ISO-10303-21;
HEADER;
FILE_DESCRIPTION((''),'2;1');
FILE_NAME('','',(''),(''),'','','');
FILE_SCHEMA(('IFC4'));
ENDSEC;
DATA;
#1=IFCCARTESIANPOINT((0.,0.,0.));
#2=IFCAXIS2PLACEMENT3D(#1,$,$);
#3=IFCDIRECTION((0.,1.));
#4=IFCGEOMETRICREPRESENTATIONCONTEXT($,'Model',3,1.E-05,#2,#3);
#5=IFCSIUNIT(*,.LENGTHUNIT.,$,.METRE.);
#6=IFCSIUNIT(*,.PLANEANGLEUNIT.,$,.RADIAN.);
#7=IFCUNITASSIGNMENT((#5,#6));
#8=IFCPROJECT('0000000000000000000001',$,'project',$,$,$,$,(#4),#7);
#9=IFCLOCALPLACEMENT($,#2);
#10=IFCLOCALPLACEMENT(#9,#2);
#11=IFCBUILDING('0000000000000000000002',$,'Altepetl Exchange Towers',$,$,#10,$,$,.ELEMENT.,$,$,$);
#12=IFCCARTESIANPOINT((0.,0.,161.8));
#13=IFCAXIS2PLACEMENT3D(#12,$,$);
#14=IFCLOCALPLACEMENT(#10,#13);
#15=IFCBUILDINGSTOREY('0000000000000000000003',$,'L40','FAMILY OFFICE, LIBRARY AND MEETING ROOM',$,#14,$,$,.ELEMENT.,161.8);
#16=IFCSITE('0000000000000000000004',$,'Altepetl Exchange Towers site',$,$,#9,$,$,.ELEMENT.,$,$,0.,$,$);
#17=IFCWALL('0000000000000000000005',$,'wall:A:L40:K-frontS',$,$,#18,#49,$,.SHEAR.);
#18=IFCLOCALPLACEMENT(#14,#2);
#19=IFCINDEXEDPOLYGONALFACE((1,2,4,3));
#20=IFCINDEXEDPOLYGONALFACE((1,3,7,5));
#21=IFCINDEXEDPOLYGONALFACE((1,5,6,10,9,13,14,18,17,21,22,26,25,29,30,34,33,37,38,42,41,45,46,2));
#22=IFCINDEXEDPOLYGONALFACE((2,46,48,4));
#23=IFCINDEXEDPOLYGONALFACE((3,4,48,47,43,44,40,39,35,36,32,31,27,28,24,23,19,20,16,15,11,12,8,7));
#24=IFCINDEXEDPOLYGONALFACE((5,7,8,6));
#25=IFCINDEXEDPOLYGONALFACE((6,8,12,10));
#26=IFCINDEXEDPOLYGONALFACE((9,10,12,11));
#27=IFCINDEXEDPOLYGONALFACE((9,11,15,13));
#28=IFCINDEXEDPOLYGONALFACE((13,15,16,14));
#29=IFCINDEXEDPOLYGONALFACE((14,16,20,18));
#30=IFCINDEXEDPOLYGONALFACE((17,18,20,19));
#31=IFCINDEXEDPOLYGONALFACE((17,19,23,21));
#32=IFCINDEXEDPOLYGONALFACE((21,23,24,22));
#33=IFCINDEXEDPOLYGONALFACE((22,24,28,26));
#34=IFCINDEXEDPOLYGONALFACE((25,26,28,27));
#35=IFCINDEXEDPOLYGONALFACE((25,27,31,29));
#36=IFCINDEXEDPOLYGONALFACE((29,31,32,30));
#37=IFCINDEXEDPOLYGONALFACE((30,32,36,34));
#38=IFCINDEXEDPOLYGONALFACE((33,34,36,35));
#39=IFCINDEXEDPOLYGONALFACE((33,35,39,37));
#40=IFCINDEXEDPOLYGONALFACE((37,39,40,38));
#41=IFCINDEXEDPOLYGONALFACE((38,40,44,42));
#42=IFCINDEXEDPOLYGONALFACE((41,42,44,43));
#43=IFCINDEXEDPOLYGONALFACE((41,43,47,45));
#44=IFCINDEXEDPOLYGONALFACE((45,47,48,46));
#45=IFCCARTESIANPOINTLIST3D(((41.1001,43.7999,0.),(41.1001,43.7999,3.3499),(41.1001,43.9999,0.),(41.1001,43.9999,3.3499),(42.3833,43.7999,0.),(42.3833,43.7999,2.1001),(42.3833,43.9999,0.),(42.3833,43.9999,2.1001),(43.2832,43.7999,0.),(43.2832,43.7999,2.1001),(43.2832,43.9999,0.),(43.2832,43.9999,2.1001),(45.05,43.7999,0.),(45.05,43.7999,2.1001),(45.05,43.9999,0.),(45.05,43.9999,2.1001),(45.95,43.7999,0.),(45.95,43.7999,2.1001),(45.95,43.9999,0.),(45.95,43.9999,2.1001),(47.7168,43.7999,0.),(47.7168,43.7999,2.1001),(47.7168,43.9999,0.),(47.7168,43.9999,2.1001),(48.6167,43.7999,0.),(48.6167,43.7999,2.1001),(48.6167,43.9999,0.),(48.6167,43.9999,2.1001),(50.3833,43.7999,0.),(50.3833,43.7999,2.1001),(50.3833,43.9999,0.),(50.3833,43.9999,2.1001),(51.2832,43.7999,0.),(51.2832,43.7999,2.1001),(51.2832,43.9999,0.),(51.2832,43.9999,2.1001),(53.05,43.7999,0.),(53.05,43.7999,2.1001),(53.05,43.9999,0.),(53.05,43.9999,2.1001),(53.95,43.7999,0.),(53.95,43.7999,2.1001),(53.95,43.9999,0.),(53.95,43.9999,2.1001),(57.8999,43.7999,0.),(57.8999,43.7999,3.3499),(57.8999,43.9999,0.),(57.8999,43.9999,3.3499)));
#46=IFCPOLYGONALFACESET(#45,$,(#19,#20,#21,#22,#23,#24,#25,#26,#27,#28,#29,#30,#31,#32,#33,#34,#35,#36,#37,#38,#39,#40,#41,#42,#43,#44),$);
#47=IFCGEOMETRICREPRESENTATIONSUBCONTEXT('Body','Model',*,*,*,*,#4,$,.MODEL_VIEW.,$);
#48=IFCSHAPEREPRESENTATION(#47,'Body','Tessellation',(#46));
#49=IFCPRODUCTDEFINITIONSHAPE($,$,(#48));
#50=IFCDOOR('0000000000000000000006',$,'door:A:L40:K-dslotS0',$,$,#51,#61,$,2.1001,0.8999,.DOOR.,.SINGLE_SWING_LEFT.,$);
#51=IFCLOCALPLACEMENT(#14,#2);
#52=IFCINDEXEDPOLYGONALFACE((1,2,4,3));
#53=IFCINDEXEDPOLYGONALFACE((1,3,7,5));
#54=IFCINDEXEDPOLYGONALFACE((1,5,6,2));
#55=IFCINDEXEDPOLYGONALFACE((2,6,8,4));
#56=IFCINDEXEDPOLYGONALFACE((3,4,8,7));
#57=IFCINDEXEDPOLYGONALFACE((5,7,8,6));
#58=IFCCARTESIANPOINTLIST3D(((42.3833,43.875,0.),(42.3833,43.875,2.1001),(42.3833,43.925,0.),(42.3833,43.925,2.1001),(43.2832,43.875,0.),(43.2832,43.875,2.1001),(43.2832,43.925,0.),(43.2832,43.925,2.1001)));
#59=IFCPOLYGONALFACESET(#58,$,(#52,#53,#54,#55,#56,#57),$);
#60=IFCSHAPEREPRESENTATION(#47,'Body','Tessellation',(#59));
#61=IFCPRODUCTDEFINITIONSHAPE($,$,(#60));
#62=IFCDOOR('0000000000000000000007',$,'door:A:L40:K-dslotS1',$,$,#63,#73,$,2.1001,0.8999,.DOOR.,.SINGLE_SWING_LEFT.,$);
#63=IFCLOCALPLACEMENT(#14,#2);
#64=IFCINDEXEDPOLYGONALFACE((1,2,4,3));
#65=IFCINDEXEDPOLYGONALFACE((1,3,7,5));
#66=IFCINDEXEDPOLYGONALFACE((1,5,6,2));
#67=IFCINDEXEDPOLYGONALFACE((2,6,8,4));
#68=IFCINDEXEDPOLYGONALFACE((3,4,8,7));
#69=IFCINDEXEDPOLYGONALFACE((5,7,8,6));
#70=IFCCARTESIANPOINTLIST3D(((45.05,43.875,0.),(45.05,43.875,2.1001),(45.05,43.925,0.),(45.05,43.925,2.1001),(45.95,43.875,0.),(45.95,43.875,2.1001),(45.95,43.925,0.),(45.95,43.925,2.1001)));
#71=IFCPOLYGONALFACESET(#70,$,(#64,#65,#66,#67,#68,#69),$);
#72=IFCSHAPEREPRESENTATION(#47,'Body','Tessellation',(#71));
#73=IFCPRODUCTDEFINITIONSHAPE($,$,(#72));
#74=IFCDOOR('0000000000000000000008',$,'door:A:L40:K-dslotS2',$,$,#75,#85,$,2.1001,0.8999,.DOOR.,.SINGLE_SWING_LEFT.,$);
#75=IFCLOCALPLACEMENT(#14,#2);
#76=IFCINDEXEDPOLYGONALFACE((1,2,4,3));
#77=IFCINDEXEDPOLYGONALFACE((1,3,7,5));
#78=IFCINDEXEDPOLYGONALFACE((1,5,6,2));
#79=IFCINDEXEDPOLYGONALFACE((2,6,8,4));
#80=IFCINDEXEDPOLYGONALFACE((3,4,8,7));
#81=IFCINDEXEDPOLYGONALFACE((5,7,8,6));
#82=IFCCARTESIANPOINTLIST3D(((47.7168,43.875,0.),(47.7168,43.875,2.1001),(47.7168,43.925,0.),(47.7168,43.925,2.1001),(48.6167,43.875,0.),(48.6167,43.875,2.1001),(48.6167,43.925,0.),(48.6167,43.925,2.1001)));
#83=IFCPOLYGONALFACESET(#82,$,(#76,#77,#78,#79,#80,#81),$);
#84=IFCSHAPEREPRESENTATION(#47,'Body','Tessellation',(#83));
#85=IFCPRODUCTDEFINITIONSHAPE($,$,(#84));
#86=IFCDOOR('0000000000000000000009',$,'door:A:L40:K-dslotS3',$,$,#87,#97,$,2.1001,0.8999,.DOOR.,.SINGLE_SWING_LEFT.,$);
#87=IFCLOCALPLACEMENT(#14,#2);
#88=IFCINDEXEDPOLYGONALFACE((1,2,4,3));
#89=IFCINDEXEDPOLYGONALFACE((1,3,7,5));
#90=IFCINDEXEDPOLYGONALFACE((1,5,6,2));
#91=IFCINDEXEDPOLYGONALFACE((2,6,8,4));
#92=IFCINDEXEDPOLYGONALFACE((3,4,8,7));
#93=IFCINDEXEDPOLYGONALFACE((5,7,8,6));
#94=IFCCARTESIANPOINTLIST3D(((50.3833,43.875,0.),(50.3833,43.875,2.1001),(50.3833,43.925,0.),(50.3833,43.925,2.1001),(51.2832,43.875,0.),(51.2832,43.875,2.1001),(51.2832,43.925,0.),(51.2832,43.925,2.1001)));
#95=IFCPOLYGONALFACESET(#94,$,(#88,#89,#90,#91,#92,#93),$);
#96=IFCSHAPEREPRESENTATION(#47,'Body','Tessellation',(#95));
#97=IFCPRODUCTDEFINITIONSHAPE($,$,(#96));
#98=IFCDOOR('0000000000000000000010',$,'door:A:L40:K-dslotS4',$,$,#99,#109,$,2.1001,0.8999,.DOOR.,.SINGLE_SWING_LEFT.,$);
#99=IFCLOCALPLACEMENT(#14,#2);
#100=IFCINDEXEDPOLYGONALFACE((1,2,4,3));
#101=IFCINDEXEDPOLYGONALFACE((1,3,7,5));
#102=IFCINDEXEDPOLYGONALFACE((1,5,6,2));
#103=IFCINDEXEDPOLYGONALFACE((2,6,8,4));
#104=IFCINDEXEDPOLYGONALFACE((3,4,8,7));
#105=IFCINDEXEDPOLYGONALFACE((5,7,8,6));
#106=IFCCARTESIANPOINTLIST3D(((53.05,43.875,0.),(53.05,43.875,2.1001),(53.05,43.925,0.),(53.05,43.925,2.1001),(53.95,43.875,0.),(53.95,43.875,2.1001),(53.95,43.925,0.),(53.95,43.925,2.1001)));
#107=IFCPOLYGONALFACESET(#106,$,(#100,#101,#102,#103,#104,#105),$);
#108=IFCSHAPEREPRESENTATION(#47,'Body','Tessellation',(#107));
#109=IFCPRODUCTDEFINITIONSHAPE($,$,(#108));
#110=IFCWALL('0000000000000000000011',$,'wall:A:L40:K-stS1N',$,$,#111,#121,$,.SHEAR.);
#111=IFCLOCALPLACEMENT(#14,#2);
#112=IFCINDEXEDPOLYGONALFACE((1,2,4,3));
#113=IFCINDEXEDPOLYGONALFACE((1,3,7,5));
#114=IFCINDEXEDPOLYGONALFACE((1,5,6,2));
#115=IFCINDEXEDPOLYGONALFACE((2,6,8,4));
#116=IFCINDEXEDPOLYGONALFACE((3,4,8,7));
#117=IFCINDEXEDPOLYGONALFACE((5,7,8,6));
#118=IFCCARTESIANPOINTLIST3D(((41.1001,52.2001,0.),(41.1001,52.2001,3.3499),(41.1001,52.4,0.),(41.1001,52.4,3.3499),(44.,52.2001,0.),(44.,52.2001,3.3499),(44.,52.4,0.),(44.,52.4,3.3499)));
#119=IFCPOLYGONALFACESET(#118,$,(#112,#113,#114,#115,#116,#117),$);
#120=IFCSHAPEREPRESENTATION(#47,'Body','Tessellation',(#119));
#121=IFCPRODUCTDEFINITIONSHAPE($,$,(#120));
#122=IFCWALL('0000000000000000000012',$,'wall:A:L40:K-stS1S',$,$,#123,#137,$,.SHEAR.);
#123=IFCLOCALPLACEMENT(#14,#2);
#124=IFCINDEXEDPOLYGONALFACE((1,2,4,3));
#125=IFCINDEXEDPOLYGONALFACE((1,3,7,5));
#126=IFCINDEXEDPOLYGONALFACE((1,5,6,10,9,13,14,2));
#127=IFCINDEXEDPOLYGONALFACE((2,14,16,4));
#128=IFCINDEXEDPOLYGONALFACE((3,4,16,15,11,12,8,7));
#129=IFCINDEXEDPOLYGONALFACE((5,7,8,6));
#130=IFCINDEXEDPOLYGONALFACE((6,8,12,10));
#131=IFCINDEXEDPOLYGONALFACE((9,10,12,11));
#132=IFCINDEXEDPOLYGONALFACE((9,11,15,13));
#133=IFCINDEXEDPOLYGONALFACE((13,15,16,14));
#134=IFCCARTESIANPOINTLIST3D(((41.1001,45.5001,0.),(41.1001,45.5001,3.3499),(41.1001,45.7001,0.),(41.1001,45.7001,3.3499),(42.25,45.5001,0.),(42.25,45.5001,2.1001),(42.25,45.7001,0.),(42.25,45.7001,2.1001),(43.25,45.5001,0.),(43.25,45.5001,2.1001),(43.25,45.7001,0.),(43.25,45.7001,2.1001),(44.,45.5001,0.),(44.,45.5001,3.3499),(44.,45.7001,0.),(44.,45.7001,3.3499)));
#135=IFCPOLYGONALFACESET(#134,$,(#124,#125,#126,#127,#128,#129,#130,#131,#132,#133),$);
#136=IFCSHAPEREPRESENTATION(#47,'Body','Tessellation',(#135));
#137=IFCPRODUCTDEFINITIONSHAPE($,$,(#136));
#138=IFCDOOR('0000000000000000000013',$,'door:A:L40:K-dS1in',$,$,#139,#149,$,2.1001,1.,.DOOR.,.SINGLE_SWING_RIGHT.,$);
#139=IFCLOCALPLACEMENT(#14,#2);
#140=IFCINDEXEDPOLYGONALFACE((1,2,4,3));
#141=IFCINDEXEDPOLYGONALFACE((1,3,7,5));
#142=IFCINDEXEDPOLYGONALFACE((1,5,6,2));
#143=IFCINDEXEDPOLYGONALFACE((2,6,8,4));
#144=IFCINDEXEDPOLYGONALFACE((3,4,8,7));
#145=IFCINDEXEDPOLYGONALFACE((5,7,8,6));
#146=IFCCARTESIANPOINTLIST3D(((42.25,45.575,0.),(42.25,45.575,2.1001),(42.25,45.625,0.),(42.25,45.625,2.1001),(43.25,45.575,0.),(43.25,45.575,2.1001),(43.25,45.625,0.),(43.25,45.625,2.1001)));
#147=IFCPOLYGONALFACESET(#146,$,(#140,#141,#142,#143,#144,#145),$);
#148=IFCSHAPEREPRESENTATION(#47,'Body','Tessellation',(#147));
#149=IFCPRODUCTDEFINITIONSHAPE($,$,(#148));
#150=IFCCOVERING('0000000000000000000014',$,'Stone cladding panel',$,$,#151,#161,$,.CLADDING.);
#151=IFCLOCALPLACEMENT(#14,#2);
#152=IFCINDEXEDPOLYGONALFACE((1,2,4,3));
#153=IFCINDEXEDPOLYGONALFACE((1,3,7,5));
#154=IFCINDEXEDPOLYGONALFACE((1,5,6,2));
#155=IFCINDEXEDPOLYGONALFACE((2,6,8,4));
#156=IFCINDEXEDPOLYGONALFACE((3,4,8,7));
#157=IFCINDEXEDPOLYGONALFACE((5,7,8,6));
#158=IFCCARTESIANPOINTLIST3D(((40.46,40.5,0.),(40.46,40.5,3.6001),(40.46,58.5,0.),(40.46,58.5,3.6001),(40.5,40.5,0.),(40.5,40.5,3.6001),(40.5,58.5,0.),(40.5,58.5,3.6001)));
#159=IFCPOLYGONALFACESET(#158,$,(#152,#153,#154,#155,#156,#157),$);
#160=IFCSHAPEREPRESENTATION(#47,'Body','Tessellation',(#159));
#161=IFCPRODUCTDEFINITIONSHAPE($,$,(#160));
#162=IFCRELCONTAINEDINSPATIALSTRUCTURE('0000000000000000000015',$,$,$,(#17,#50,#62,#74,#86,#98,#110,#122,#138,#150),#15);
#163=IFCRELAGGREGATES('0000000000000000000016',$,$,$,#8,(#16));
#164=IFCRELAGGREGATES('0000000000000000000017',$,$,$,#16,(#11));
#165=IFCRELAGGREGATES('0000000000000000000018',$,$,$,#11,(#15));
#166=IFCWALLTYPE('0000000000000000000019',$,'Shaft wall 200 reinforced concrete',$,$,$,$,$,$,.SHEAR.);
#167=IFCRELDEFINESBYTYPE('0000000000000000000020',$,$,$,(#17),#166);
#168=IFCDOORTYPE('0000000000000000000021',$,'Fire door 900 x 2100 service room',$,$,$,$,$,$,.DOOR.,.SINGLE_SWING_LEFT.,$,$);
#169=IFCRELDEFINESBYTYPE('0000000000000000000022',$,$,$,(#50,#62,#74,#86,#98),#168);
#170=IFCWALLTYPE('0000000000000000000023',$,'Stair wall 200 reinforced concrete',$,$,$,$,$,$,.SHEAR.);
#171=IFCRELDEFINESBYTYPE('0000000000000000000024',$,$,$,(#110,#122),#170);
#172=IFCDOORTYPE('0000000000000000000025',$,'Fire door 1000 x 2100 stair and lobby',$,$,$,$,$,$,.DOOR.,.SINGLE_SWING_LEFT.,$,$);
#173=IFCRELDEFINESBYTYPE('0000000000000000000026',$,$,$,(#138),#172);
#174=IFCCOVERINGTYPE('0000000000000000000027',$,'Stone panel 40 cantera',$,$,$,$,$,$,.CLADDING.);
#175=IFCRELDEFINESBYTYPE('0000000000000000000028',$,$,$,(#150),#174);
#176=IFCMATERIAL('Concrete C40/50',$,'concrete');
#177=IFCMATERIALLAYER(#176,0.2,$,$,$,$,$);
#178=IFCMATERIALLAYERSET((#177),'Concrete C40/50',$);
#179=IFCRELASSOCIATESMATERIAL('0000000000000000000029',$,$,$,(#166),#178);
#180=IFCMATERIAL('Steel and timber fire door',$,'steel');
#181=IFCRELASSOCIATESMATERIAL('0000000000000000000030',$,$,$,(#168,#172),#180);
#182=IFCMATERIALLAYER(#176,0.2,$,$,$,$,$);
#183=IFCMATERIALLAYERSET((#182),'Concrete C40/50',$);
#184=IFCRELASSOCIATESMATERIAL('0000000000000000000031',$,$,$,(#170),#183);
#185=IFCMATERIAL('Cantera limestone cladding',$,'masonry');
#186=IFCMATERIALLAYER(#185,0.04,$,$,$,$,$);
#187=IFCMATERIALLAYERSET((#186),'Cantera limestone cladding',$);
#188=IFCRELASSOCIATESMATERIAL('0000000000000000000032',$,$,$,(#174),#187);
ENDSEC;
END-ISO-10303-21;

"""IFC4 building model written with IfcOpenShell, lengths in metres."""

from ifc_helpers import new_model, si_unit, direction, frame, frame_2d, origin, origin_2d, place, context, subcontext, project, spatial, rectangle, extrude, material, layer, layer_set, type_object, element, fill, save


model = new_model("IFC4")

# Units and contexts
model_context = context("Model", 3, precision=1e-05, world=origin(), true_north=direction((0.0, 1.0)))
body_context = subcontext(model_context, "Body", "Model", "MODEL_VIEW")
ifc_project = project(units=[si_unit("LENGTHUNIT", "METRE"), si_unit("PLANEANGLEUNIT", "RADIAN")], contexts=[model_context])

# Site, building, storey
site_placement = place(None, origin())
site = spatial("IfcSite", under=ifc_project, at=site_placement, Name="Altepetl Exchange Towers site", CompositionType="ELEMENT", RefElevation=0.0)
building_placement = place(site_placement, origin())
building = spatial("IfcBuilding", under=site, at=building_placement, Name="Altepetl Exchange Towers", CompositionType="ELEMENT")
storey_placement = place(building_placement, frame((0.0, 0.0, 161.8)))
storey = spatial("IfcBuildingStorey", under=building, at=storey_placement, Name="L40", Description="FAMILY OFFICE, LIBRARY AND MEETING ROOM", CompositionType="ELEMENT", Elevation=161.8)

# Wall, openings, doors
ifc_material_1 = material(Name="Concrete C40/50", Category="concrete")
ifc_layer_1 = layer(ifc_material_1, 0.2)
ifc_layer_set_1 = layer_set([ifc_layer_1], Name="Concrete C40/50")
wall_type_1 = type_object("IfcWallType", Name="Shaft wall 200 reinforced concrete", PredefinedType="SHEAR", material=ifc_layer_set_1)
wall_1_placement = place(storey_placement, frame((41.1001, 43.8999, 0.0)))
wall_1 = element("IfcWall", 1, at=wall_1_placement, inside=storey, type_object=wall_type_1, Name="wall:A:L40:K-frontS", PredefinedType="SHEAR", context=body_context, shape_type="SweptSolid", body=[
    extrude(rectangle(XDim=16.7998, YDim=0.2, at=frame_2d((8.3999, 0.0))), origin(), (0.0, 0.0, 1.0), 3.3499),
])
opening_1_placement = place(wall_1_placement, frame((1.2832, 0.0, 0.0)))
opening_1 = element("IfcOpeningElement", 2, at=opening_1_placement, cuts=wall_1, PredefinedType="OPENING", context=body_context, shape_type="SweptSolid", body=[
    extrude(rectangle(XDim=0.8999, YDim=2.1001, at=frame_2d((0.45, 1.05))), frame((0.0, 0.1099, 0.0), z_axis=(0.0, -1.0, 0.0), x_axis=(1.0, 0.0, 0.0)), (0.0, 0.0, 1.0), 0.22),
])
opening_2_placement = place(wall_1_placement, frame((3.95, 0.0, 0.0)))
opening_2 = element("IfcOpeningElement", 3, at=opening_2_placement, cuts=wall_1, PredefinedType="OPENING", context=body_context, shape_type="SweptSolid", body=[
    extrude(rectangle(XDim=0.8999, YDim=2.1001, at=frame_2d((0.45, 1.05))), frame((0.0, 0.1099, 0.0), z_axis=(0.0, -1.0, 0.0), x_axis=(1.0, 0.0, 0.0)), (0.0, 0.0, 1.0), 0.22),
])
opening_3_placement = place(wall_1_placement, frame((6.6167, 0.0, 0.0)))
opening_3 = element("IfcOpeningElement", 4, at=opening_3_placement, cuts=wall_1, PredefinedType="OPENING", context=body_context, shape_type="SweptSolid", body=[
    extrude(rectangle(XDim=0.8999, YDim=2.1001, at=frame_2d((0.45, 1.05))), frame((0.0, 0.1099, 0.0), z_axis=(0.0, -1.0, 0.0), x_axis=(1.0, 0.0, 0.0)), (0.0, 0.0, 1.0), 0.22),
])
opening_4_placement = place(wall_1_placement, frame((9.2832, 0.0, 0.0)))
opening_4 = element("IfcOpeningElement", 5, at=opening_4_placement, cuts=wall_1, PredefinedType="OPENING", context=body_context, shape_type="SweptSolid", body=[
    extrude(rectangle(XDim=0.8999, YDim=2.1001, at=frame_2d((0.45, 1.05))), frame((0.0, 0.1099, 0.0), z_axis=(0.0, -1.0, 0.0), x_axis=(1.0, 0.0, 0.0)), (0.0, 0.0, 1.0), 0.22),
])
opening_5_placement = place(wall_1_placement, frame((11.95, 0.0, 0.0)))
opening_5 = element("IfcOpeningElement", 6, at=opening_5_placement, cuts=wall_1, PredefinedType="OPENING", context=body_context, shape_type="SweptSolid", body=[
    extrude(rectangle(XDim=0.8999, YDim=2.1001, at=frame_2d((0.45, 1.05))), frame((0.0, 0.1099, 0.0), z_axis=(0.0, -1.0, 0.0), x_axis=(1.0, 0.0, 0.0)), (0.0, 0.0, 1.0), 0.22),
])
ifc_material_2 = material(Name="Steel and timber fire door", Category="steel")
door_type_1 = type_object("IfcDoorType", Name="Fire door 900 x 2100 service room", OperationType="SINGLE_SWING_LEFT", PredefinedType="DOOR", material=ifc_material_2)
door_1_placement = place(opening_1_placement, frame((0.8999, 0.0, 0.0), x_axis=(-1.0, 0.0, 0.0)))
door_1 = element("IfcDoor", 7, at=door_1_placement, inside=storey, type_object=door_type_1, Name="door:A:L40:K-dslotS0", OperationType="SINGLE_SWING_LEFT", OverallHeight=2.1001, OverallWidth=0.8999, PredefinedType="DOOR", context=body_context, shape_type="SweptSolid", body=[
    extrude(rectangle(XDim=0.8999, YDim=2.1001, at=frame_2d((0.45, 1.05))), frame((0.0, 0.0249, 0.0), z_axis=(0.0, -1.0, 0.0), x_axis=(1.0, 0.0, 0.0)), (0.0, 0.0, 1.0), 0.05),
])
fill(opening_1, door_1)
door_2_placement = place(opening_2_placement, frame((0.8999, 0.0, 0.0), x_axis=(-1.0, 0.0, 0.0)))
door_2 = element("IfcDoor", 8, at=door_2_placement, inside=storey, type_object=door_type_1, Name="door:A:L40:K-dslotS1", OperationType="SINGLE_SWING_LEFT", OverallHeight=2.1001, OverallWidth=0.8999, PredefinedType="DOOR", context=body_context, shape_type="SweptSolid", body=[
    extrude(rectangle(XDim=0.8999, YDim=2.1001, at=frame_2d((0.45, 1.05))), frame((0.0, 0.0249, 0.0), z_axis=(0.0, -1.0, 0.0), x_axis=(1.0, 0.0, 0.0)), (0.0, 0.0, 1.0), 0.05),
])
fill(opening_2, door_2)
door_3_placement = place(opening_3_placement, frame((0.8999, 0.0, 0.0), x_axis=(-1.0, 0.0, 0.0)))
door_3 = element("IfcDoor", 9, at=door_3_placement, inside=storey, type_object=door_type_1, Name="door:A:L40:K-dslotS2", OperationType="SINGLE_SWING_LEFT", OverallHeight=2.1001, OverallWidth=0.8999, PredefinedType="DOOR", context=body_context, shape_type="SweptSolid", body=[
    extrude(rectangle(XDim=0.8999, YDim=2.1001, at=frame_2d((0.45, 1.05))), frame((0.0, 0.0249, 0.0), z_axis=(0.0, -1.0, 0.0), x_axis=(1.0, 0.0, 0.0)), (0.0, 0.0, 1.0), 0.05),
])
fill(opening_3, door_3)
door_4_placement = place(opening_4_placement, frame((0.8999, 0.0, 0.0), x_axis=(-1.0, 0.0, 0.0)))
door_4 = element("IfcDoor", 10, at=door_4_placement, inside=storey, type_object=door_type_1, Name="door:A:L40:K-dslotS3", OperationType="SINGLE_SWING_LEFT", OverallHeight=2.1001, OverallWidth=0.8999, PredefinedType="DOOR", context=body_context, shape_type="SweptSolid", body=[
    extrude(rectangle(XDim=0.8999, YDim=2.1001, at=frame_2d((0.45, 1.05))), frame((0.0, 0.0249, 0.0), z_axis=(0.0, -1.0, 0.0), x_axis=(1.0, 0.0, 0.0)), (0.0, 0.0, 1.0), 0.05),
])
fill(opening_4, door_4)
door_5_placement = place(opening_5_placement, frame((0.8999, 0.0, 0.0), x_axis=(-1.0, 0.0, 0.0)))
door_5 = element("IfcDoor", 11, at=door_5_placement, inside=storey, type_object=door_type_1, Name="door:A:L40:K-dslotS4", OperationType="SINGLE_SWING_LEFT", OverallHeight=2.1001, OverallWidth=0.8999, PredefinedType="DOOR", context=body_context, shape_type="SweptSolid", body=[
    extrude(rectangle(XDim=0.8999, YDim=2.1001, at=frame_2d((0.45, 1.05))), frame((0.0, 0.0249, 0.0), z_axis=(0.0, -1.0, 0.0), x_axis=(1.0, 0.0, 0.0)), (0.0, 0.0, 1.0), 0.05),
])
fill(opening_5, door_5)

# Wall
ifc_layer_2 = layer(ifc_material_1, 0.2)
ifc_layer_set_2 = layer_set([ifc_layer_2], Name="Concrete C40/50")
wall_type_2 = type_object("IfcWallType", Name="Stair wall 200 reinforced concrete", PredefinedType="SHEAR", material=ifc_layer_set_2)
wall_2_placement = place(storey_placement, frame((41.1001, 52.3, 0.0)))
element("IfcWall", 12, at=wall_2_placement, inside=storey, type_object=wall_type_2, Name="wall:A:L40:K-stS1N", PredefinedType="SHEAR", context=body_context, shape_type="SweptSolid", body=[
    extrude(rectangle(XDim=2.8999, YDim=0.2, at=frame_2d((1.45, 0.0))), origin(), (0.0, 0.0, 1.0), 3.3499),
])

# Wall, opening, door
wall_3_placement = place(storey_placement, frame((41.1001, 45.6001, 0.0)))
wall_3 = element("IfcWall", 13, at=wall_3_placement, inside=storey, type_object=wall_type_2, Name="wall:A:L40:K-stS1S", PredefinedType="SHEAR", context=body_context, shape_type="SweptSolid", body=[
    extrude(rectangle(XDim=2.8999, YDim=0.2, at=frame_2d((1.45, 0.0))), origin(), (0.0, 0.0, 1.0), 3.3499),
])
opening_6_placement = place(wall_3_placement, frame((1.1499, 0.0, 0.0)))
opening_6 = element("IfcOpeningElement", 14, at=opening_6_placement, cuts=wall_3, PredefinedType="OPENING", context=body_context, shape_type="SweptSolid", body=[
    extrude(rectangle(XDim=1.0, YDim=2.1001, at=frame_2d((0.5, 1.05))), frame((0.0, 0.1099, 0.0), z_axis=(0.0, -1.0, 0.0), x_axis=(1.0, 0.0, 0.0)), (0.0, 0.0, 1.0), 0.22),
])
door_type_2 = type_object("IfcDoorType", Name="Fire door 1000 x 2100 stair and lobby", OperationType="SINGLE_SWING_LEFT", PredefinedType="DOOR", material=ifc_material_2)
door_6_placement = place(opening_6_placement, origin())
door_6 = element("IfcDoor", 15, at=door_6_placement, inside=storey, type_object=door_type_2, Name="door:A:L40:K-dS1in", OperationType="SINGLE_SWING_RIGHT", OverallHeight=2.1001, OverallWidth=1.0, PredefinedType="DOOR", context=body_context, shape_type="SweptSolid", body=[
    extrude(rectangle(XDim=1.0, YDim=2.1001, at=frame_2d((0.5, 1.05))), frame((0.0, 0.0249, 0.0), z_axis=(0.0, -1.0, 0.0), x_axis=(1.0, 0.0, 0.0)), (0.0, 0.0, 1.0), 0.05),
])
fill(opening_6, door_6)

# Covering
ifc_material_3 = material(Name="Cantera limestone cladding", Category="masonry")
ifc_layer_3 = layer(ifc_material_3, 0.04)
ifc_layer_set_3 = layer_set([ifc_layer_3], Name="Cantera limestone cladding")
covering_type = type_object("IfcCoveringType", Name="Stone panel 40 cantera", PredefinedType="CLADDING", material=ifc_layer_set_3)
covering_placement = place(storey_placement, frame((40.48, 49.5, 0.0), z_axis=(0.0, 0.0, 1.0), x_axis=(0.0, -1.0, 0.0)))
element("IfcCovering", 16, at=covering_placement, inside=storey, type_object=covering_type, Name="Stone cladding panel", PredefinedType="CLADDING", context=body_context, shape_type="SweptSolid", body=[
    extrude(rectangle(XDim=18.0, YDim=0.04, at=origin_2d()), origin(), (0.0, 0.0, 1.0), 3.6001),
])

save(model, "model.ifc")
